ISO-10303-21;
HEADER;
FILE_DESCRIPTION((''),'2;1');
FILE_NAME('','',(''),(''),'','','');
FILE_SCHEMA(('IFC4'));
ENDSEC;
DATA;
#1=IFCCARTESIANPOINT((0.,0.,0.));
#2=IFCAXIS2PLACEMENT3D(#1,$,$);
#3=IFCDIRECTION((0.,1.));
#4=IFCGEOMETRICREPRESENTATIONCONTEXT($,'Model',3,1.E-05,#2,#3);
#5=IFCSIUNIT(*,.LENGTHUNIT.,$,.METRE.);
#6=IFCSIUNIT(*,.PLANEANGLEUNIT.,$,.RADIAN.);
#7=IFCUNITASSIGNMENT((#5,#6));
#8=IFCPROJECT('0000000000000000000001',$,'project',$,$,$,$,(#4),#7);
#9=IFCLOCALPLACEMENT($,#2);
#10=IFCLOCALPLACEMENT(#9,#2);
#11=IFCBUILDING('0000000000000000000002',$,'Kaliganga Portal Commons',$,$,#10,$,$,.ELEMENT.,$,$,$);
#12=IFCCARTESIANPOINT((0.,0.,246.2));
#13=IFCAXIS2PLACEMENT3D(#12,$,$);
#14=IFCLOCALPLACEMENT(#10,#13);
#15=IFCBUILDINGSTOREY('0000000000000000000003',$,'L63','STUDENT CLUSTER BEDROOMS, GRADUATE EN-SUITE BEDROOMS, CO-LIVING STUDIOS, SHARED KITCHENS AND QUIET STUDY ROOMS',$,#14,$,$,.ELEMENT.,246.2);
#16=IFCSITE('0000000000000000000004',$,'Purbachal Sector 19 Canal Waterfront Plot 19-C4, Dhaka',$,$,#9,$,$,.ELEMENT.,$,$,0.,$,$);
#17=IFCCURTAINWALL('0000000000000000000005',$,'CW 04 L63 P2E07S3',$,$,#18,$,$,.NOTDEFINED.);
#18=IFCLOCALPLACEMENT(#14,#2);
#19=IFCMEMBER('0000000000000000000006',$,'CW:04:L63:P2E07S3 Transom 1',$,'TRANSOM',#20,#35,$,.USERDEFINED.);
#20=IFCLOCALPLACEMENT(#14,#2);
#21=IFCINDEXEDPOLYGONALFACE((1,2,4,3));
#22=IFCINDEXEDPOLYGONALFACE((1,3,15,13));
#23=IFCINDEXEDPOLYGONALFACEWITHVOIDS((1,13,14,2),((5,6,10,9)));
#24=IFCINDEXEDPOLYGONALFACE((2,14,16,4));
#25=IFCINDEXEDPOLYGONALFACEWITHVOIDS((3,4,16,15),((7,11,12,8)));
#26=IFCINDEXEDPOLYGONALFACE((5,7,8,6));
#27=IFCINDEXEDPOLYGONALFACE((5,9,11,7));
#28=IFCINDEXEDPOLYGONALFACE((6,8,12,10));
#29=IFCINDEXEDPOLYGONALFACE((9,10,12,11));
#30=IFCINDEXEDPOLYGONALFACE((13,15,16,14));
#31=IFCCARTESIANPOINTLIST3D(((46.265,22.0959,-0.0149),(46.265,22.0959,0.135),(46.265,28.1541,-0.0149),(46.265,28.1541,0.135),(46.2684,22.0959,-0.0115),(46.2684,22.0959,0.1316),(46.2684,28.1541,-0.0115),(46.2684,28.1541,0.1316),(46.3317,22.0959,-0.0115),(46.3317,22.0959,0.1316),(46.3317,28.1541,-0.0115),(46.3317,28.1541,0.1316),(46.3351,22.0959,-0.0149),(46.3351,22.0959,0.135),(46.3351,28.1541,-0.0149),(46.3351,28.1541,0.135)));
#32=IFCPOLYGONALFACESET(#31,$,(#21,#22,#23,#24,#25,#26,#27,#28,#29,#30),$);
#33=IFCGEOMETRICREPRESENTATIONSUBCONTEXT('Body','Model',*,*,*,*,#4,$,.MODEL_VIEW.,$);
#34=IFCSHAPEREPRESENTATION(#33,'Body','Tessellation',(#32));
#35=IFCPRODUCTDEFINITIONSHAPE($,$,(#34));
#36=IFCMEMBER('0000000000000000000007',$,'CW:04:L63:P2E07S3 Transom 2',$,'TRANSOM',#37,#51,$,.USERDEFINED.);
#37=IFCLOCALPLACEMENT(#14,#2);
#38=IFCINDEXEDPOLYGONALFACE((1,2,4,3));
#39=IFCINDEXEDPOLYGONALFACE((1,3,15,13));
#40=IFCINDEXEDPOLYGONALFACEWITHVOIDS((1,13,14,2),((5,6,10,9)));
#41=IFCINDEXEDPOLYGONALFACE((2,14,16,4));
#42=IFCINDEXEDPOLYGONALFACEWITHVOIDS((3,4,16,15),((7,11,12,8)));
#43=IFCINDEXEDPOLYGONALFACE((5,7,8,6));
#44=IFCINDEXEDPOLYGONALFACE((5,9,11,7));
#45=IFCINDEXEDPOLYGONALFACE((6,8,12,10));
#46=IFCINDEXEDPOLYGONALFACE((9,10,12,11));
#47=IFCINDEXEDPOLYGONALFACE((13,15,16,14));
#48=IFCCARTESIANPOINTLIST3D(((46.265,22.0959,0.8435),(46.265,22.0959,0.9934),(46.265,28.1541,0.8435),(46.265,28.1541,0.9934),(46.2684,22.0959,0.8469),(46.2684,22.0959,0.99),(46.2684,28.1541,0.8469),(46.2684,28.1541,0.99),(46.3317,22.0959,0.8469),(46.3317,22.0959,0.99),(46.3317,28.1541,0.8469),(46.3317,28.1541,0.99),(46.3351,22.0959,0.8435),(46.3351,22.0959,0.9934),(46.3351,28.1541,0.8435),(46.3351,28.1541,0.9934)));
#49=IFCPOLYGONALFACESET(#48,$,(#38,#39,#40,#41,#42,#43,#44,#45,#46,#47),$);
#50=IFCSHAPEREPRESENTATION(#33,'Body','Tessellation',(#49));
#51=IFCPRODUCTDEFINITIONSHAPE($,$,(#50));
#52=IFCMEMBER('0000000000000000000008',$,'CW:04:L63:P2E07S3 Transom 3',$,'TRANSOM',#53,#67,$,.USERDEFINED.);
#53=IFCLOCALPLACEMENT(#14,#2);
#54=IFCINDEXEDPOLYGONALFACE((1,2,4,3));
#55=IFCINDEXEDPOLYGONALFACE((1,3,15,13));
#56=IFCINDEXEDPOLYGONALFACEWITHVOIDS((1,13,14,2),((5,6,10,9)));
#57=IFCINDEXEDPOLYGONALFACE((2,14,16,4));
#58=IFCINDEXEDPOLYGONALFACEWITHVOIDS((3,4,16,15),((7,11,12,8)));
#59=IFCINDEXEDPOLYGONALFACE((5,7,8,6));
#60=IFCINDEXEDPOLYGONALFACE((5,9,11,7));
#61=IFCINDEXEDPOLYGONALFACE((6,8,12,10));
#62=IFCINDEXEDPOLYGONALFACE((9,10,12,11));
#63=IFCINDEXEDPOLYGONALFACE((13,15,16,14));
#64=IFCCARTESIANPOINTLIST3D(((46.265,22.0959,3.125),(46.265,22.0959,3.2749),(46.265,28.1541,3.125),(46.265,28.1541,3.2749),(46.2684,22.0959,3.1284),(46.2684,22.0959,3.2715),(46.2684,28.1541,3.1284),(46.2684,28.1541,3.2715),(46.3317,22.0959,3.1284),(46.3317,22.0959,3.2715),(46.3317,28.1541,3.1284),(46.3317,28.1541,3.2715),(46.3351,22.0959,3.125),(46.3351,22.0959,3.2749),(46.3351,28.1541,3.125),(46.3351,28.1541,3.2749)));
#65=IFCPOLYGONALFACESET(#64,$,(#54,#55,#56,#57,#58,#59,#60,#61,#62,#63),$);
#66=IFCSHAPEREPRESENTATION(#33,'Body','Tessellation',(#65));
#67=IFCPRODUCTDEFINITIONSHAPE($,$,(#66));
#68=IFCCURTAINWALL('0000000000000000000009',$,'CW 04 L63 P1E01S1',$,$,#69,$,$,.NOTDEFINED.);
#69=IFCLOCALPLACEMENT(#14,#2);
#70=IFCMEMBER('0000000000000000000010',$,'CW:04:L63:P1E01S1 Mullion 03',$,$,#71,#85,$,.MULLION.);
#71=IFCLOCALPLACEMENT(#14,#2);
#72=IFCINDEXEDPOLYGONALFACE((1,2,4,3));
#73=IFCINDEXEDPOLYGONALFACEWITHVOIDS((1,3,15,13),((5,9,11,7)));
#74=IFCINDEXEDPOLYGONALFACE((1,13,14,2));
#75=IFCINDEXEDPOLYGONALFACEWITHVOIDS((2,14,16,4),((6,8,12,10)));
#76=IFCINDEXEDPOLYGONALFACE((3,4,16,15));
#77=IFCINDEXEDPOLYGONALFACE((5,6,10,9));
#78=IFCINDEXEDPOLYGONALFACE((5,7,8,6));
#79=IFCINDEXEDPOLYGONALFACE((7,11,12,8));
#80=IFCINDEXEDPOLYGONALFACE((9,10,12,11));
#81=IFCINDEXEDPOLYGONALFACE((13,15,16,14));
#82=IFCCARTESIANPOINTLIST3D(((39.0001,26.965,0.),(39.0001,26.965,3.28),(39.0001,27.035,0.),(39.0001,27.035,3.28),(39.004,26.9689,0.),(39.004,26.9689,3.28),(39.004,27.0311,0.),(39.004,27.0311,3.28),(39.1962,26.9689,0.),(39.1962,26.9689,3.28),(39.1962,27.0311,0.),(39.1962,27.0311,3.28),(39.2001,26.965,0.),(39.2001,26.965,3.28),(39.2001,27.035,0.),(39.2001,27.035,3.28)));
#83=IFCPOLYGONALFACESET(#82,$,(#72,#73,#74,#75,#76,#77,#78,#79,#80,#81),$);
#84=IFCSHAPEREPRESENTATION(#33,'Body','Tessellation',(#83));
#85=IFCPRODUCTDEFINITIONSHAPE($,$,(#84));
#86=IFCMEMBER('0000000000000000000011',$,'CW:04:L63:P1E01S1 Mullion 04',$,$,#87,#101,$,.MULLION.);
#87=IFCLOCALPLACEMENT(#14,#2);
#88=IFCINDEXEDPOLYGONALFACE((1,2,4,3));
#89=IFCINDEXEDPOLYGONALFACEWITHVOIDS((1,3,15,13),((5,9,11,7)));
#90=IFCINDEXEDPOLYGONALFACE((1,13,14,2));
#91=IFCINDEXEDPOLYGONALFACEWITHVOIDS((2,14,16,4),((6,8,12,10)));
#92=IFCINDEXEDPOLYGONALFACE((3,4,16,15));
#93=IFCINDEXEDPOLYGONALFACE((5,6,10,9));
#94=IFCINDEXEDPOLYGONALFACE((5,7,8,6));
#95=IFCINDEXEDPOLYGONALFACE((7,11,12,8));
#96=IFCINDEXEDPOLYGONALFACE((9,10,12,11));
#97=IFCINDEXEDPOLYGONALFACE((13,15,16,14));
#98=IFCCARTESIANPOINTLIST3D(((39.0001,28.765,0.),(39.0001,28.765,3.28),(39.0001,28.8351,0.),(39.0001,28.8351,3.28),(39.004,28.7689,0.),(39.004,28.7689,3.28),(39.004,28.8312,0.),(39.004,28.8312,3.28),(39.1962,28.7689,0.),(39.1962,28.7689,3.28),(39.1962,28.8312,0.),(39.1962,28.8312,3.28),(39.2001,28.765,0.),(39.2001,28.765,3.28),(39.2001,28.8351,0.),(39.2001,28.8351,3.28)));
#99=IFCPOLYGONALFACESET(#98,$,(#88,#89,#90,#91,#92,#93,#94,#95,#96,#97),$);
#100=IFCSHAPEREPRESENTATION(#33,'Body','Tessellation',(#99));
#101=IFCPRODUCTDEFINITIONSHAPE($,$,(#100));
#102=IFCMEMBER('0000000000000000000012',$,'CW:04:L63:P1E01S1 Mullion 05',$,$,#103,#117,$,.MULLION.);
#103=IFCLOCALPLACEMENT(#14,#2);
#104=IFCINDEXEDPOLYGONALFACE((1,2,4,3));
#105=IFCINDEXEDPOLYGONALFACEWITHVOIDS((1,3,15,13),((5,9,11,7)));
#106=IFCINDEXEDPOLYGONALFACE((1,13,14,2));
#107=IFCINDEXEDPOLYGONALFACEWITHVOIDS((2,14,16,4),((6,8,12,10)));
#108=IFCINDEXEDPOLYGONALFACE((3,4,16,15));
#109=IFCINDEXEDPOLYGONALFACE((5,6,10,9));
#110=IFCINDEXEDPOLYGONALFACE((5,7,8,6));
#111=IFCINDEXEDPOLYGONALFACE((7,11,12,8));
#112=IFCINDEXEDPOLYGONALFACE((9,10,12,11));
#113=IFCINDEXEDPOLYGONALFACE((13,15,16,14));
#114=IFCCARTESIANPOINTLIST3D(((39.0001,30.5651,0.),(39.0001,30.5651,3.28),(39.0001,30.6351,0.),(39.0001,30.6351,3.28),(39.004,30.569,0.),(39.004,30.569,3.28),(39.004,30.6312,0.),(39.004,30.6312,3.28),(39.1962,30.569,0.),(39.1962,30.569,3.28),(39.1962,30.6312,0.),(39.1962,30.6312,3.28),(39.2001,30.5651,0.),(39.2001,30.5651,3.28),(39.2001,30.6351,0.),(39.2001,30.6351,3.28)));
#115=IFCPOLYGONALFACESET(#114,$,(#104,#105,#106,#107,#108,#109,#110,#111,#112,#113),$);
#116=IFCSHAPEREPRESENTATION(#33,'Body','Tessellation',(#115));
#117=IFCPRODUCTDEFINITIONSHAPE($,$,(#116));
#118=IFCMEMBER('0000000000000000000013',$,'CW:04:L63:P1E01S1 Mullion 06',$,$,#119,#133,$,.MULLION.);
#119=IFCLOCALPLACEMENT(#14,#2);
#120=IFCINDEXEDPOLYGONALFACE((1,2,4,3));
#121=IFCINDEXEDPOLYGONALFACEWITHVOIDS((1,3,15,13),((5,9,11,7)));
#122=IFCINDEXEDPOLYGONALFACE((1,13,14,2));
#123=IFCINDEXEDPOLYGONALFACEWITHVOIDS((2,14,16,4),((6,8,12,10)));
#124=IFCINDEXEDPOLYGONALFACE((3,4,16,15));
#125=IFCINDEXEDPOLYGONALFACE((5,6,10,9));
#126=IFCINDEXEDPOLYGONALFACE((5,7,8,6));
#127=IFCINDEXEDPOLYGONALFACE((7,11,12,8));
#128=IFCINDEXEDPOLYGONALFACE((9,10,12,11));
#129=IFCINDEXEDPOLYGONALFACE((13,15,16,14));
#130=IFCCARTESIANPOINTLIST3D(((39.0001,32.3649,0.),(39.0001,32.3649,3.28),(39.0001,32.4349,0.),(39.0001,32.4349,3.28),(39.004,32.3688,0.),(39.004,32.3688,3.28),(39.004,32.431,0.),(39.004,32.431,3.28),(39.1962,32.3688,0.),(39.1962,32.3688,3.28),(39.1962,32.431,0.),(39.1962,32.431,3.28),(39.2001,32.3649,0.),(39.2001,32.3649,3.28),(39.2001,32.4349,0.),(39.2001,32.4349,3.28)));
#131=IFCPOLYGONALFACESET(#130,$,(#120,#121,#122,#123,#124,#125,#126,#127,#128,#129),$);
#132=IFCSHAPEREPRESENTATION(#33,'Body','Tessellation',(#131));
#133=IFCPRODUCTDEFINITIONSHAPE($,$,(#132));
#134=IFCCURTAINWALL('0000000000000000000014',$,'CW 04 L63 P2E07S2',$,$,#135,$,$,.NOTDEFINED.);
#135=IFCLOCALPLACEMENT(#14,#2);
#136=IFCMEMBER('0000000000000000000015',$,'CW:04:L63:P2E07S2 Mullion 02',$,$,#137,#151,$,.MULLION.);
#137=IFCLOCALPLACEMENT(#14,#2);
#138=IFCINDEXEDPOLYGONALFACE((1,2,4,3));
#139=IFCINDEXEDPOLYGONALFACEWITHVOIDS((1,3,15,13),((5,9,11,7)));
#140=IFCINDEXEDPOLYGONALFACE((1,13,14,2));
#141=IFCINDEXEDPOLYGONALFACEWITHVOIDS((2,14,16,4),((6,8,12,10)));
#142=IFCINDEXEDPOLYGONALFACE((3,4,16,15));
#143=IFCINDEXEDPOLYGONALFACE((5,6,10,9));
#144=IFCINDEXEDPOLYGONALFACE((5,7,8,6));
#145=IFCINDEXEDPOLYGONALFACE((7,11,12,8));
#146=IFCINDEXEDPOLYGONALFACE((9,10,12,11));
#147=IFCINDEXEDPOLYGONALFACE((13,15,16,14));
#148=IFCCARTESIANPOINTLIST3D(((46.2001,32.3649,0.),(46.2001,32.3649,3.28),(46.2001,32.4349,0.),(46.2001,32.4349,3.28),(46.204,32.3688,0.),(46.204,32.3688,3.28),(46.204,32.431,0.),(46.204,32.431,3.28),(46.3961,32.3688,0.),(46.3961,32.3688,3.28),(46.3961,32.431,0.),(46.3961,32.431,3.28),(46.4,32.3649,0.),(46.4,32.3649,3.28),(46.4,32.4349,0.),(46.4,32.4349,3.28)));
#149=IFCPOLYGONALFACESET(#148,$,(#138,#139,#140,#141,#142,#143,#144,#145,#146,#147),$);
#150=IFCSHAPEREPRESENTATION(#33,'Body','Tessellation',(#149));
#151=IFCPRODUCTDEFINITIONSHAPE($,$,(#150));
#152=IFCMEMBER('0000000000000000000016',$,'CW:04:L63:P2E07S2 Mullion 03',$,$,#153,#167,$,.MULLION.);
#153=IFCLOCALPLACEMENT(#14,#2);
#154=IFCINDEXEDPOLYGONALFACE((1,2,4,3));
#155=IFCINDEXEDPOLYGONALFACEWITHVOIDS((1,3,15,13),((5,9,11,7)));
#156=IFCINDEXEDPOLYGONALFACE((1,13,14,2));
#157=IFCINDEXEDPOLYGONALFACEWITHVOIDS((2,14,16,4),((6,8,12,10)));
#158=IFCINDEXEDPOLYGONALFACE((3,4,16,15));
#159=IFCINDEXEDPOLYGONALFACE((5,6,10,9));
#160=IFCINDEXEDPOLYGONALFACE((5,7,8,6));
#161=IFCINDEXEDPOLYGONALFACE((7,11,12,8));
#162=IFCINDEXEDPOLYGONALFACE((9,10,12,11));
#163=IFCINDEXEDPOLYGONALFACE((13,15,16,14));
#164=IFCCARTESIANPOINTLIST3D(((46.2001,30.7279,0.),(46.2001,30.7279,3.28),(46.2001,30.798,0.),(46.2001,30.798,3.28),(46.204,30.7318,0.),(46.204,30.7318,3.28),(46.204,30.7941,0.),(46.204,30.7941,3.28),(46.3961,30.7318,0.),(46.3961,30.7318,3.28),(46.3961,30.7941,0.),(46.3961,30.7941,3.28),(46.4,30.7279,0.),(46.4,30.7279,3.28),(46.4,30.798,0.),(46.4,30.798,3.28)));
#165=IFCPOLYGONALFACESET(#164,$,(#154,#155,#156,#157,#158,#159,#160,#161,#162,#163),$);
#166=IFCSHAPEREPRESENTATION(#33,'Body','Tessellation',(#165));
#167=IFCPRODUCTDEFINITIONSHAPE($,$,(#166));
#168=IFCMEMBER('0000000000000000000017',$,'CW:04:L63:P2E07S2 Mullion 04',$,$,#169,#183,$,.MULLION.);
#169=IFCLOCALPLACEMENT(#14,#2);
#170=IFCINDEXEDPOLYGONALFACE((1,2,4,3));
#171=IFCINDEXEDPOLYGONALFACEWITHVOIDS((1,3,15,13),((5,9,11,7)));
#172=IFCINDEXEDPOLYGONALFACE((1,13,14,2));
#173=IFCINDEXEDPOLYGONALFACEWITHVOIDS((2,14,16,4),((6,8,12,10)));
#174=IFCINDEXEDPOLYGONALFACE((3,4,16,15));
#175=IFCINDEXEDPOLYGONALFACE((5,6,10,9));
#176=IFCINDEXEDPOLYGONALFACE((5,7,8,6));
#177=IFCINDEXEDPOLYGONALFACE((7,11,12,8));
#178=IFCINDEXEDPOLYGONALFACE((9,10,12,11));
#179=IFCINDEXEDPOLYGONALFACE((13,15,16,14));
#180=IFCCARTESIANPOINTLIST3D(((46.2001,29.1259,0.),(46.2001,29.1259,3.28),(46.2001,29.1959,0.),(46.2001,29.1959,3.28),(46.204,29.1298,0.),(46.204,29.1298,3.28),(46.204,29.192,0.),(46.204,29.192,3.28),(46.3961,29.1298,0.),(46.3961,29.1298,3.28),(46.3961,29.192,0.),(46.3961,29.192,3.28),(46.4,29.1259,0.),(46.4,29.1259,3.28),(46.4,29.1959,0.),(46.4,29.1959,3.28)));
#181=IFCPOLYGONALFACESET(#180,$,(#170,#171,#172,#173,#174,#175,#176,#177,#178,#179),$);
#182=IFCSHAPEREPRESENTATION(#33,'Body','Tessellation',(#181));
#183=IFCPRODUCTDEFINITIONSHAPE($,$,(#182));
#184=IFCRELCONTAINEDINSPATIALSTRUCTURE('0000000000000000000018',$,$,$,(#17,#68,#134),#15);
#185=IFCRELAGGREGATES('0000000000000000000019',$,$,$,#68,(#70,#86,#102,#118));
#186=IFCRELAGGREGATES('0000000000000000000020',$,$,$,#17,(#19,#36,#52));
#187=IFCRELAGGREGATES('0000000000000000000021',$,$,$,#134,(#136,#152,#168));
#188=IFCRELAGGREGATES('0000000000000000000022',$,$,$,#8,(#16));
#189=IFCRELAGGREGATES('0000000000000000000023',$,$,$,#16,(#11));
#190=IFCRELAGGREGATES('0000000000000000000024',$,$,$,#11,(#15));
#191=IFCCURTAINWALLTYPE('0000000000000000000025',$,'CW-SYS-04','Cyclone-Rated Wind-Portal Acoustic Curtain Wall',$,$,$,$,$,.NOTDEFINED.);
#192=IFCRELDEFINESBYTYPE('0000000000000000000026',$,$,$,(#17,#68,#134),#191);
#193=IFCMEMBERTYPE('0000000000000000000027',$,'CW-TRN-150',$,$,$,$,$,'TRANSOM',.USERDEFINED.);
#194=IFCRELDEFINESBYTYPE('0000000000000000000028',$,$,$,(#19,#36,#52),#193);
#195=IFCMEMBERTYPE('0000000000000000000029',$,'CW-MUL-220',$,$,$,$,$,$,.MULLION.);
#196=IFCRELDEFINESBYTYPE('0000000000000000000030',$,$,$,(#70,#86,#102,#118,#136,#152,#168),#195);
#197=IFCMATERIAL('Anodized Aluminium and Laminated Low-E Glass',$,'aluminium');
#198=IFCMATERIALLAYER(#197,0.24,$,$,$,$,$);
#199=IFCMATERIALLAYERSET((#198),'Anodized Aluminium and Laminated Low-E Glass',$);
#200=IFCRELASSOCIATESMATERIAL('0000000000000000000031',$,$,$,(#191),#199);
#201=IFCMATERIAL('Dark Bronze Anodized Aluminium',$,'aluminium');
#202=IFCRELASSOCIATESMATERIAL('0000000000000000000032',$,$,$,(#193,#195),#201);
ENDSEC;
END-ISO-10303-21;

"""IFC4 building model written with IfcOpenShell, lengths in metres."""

from ifc_helpers import new_model, si_unit, direction, frame, origin, origin_2d, place, context, subcontext, project, spatial, hollow_rectangle, extrude, source, transform, mapped, material, layer, layer_set, material_profile, profile_set, type_object, element, aggregate, save


model = new_model("IFC4")

# Units and contexts
model_context = context("Model", 3, precision=1e-05, world=origin(), true_north=direction((0.0, 1.0)))
body_context = subcontext(model_context, "Body", "Model", "MODEL_VIEW")
ifc_project = project(units=[si_unit("LENGTHUNIT", "METRE"), si_unit("PLANEANGLEUNIT", "RADIAN")], contexts=[model_context])

# Site, building, storey
site_placement = place(None, origin())
site = spatial("IfcSite", under=ifc_project, at=site_placement, Name="Purbachal Sector 19 Canal Waterfront Plot 19-C4, Dhaka", CompositionType="ELEMENT", RefElevation=0.0)
building_placement = place(site_placement, origin())
building = spatial("IfcBuilding", under=site, at=building_placement, Name="Kaliganga Portal Commons", CompositionType="ELEMENT")
storey_placement = place(building_placement, frame((0.0, 0.0, 246.2)))
storey = spatial("IfcBuildingStorey", under=building, at=storey_placement, Name="L63", Description="STUDENT CLUSTER BEDROOMS, GRADUATE EN-SUITE BEDROOMS, CO-LIVING STUDIOS, SHARED KITCHENS AND QUIET STUDY ROOMS", CompositionType="ELEMENT", Elevation=246.2)

# Curtain walls, members
ifc_material_1 = material(Name="Anodized Aluminium and Laminated Low-E Glass", Category="aluminium")
ifc_layer_1 = layer(ifc_material_1, 0.24)
ifc_layer_set_1 = layer_set([ifc_layer_1], Name="Anodized Aluminium and Laminated Low-E Glass")
curtain_wall_type = type_object("IfcCurtainWallType", Name="CW-SYS-04", Description="Cyclone-Rated Wind-Portal Acoustic Curtain Wall", PredefinedType="NOTDEFINED", material=ifc_layer_set_1)
curtain_wall_1_placement = place(storey_placement, origin())
curtain_wall_1 = element("IfcCurtainWall", 1, at=curtain_wall_1_placement, inside=storey, type_object=curtain_wall_type, Name="CW 04 L63 P2E07S3", PredefinedType="NOTDEFINED")
ifc_material_2 = material(Name="Dark Bronze Anodized Aluminium", Category="aluminium")
ifc_material_profile_1 = material_profile(ifc_material_2, hollow_rectangle(XDim=0.0701, YDim=0.1499, WallThickness=0.0034, at=origin_2d()), Name="ALU TRAN 70x150x3.5")
ifc_profile_set_1 = profile_set([ifc_material_profile_1], Name="Dark Bronze Anodized Aluminium")
member_type_1 = type_object("IfcMemberType", Name="CW-TRN-150", ElementType="TRANSOM", PredefinedType="USERDEFINED", material=ifc_profile_set_1)
shared_shape_1 = source(origin(), body_context, "Body", "SweptSolid", [
    extrude(hollow_rectangle(XDim=0.0701, YDim=0.1499, WallThickness=0.0034, at=origin_2d()), origin(), (0.0, 0.0, 1.0), 6.0581),
])
member_1_placement = place(storey_placement, frame((46.3, 28.1541, 0.0601), z_axis=(0.0, -1.0, 0.0), x_axis=(1.0, 0.0, 0.0)))
member_1 = element("IfcMember", 2, at=member_1_placement, type_object=member_type_1, Name="CW:04:L63:P2E07S3 Transom 1", ObjectType="TRANSOM", PredefinedType="USERDEFINED", context=body_context, shape_type="MappedRepresentation", body=[
    mapped(shared_shape_1, transform((0.0, 0.0, 0.0), x_axis=(1.0, 0.0, 0.0), y_axis=(0.0, 1.0, 0.0), z_axis=(0.0, 0.0, 1.0), scale=1.0)),
])
member_2_placement = place(storey_placement, frame((46.3, 28.1541, 0.9185), z_axis=(0.0, -1.0, 0.0), x_axis=(1.0, 0.0, 0.0)))
member_2 = element("IfcMember", 3, at=member_2_placement, type_object=member_type_1, Name="CW:04:L63:P2E07S3 Transom 2", ObjectType="TRANSOM", PredefinedType="USERDEFINED", context=body_context, shape_type="MappedRepresentation", body=[
    mapped(shared_shape_1, transform((0.0, 0.0, 0.0), x_axis=(1.0, 0.0, 0.0), y_axis=(0.0, 1.0, 0.0), z_axis=(0.0, 0.0, 1.0), scale=1.0)),
])
member_3_placement = place(storey_placement, frame((46.3, 28.1541, 3.2), z_axis=(0.0, -1.0, 0.0), x_axis=(1.0, 0.0, 0.0)))
member_3 = element("IfcMember", 4, at=member_3_placement, type_object=member_type_1, Name="CW:04:L63:P2E07S3 Transom 3", ObjectType="TRANSOM", PredefinedType="USERDEFINED", context=body_context, shape_type="MappedRepresentation", body=[
    mapped(shared_shape_1, transform((0.0, 0.0, 0.0), x_axis=(1.0, 0.0, 0.0), y_axis=(0.0, 1.0, 0.0), z_axis=(0.0, 0.0, 1.0), scale=1.0)),
])
curtain_wall_2_placement = place(storey_placement, origin())
curtain_wall_2 = element("IfcCurtainWall", 5, at=curtain_wall_2_placement, inside=storey, type_object=curtain_wall_type, Name="CW 04 L63 P1E01S1", PredefinedType="NOTDEFINED")
ifc_material_profile_2 = material_profile(ifc_material_2, hollow_rectangle(XDim=0.0701, YDim=0.2, WallThickness=0.0039, at=origin_2d()), Name="ALU MULL 70x200x4")
ifc_profile_set_2 = profile_set([ifc_material_profile_2], Name="Dark Bronze Anodized Aluminium")
member_type_2 = type_object("IfcMemberType", Name="CW-MUL-220", PredefinedType="MULLION", material=ifc_profile_set_2)
shared_shape_2 = source(origin(), body_context, "Body", "SweptSolid", [
    extrude(hollow_rectangle(XDim=0.0701, YDim=0.2, WallThickness=0.0039, at=origin_2d()), origin(), (0.0, 0.0, 1.0), 3.28),
])
member_4_placement = place(storey_placement, frame((39.1001, 27.0, 0.0), z_axis=(0.0, 0.0, 1.0), x_axis=(0.0, 1.0, 0.0)))
member_4 = element("IfcMember", 6, at=member_4_placement, type_object=member_type_2, Name="CW:04:L63:P1E01S1 Mullion 03", PredefinedType="MULLION", context=body_context, shape_type="MappedRepresentation", body=[
    mapped(shared_shape_2, transform((0.0, 0.0, 0.0), x_axis=(1.0, 0.0, 0.0), y_axis=(0.0, 1.0, 0.0), z_axis=(0.0, 0.0, 1.0), scale=1.0)),
])
member_5_placement = place(storey_placement, frame((39.1001, 28.8, 0.0), z_axis=(0.0, 0.0, 1.0), x_axis=(0.0, 1.0, 0.0)))
member_5 = element("IfcMember", 7, at=member_5_placement, type_object=member_type_2, Name="CW:04:L63:P1E01S1 Mullion 04", PredefinedType="MULLION", context=body_context, shape_type="MappedRepresentation", body=[
    mapped(shared_shape_2, transform((0.0, 0.0, 0.0), x_axis=(1.0, 0.0, 0.0), y_axis=(0.0, 1.0, 0.0), z_axis=(0.0, 0.0, 1.0), scale=1.0)),
])
member_6_placement = place(storey_placement, frame((39.1001, 30.6001, 0.0), z_axis=(0.0, 0.0, 1.0), x_axis=(0.0, 1.0, 0.0)))
member_6 = element("IfcMember", 8, at=member_6_placement, type_object=member_type_2, Name="CW:04:L63:P1E01S1 Mullion 05", PredefinedType="MULLION", context=body_context, shape_type="MappedRepresentation", body=[
    mapped(shared_shape_2, transform((0.0, 0.0, 0.0), x_axis=(1.0, 0.0, 0.0), y_axis=(0.0, 1.0, 0.0), z_axis=(0.0, 0.0, 1.0), scale=1.0)),
])
member_7_placement = place(storey_placement, frame((39.1001, 32.3999, 0.0), z_axis=(0.0, 0.0, 1.0), x_axis=(0.0, 1.0, 0.0)))
member_7 = element("IfcMember", 9, at=member_7_placement, type_object=member_type_2, Name="CW:04:L63:P1E01S1 Mullion 06", PredefinedType="MULLION", context=body_context, shape_type="MappedRepresentation", body=[
    mapped(shared_shape_2, transform((0.0, 0.0, 0.0), x_axis=(1.0, 0.0, 0.0), y_axis=(0.0, 1.0, 0.0), z_axis=(0.0, 0.0, 1.0), scale=1.0)),
])
curtain_wall_3_placement = place(storey_placement, origin())
curtain_wall_3 = element("IfcCurtainWall", 10, at=curtain_wall_3_placement, inside=storey, type_object=curtain_wall_type, Name="CW 04 L63 P2E07S2", PredefinedType="NOTDEFINED")
member_8_placement = place(storey_placement, frame((46.3, 32.3999, 0.0), z_axis=(0.0, 0.0, 1.0), x_axis=(0.0, -1.0, 0.0)))
member_8 = element("IfcMember", 11, at=member_8_placement, type_object=member_type_2, Name="CW:04:L63:P2E07S2 Mullion 02", PredefinedType="MULLION", context=body_context, shape_type="MappedRepresentation", body=[
    mapped(shared_shape_2, transform((0.0, 0.0, 0.0), x_axis=(1.0, 0.0, 0.0), y_axis=(0.0, 1.0, 0.0), z_axis=(0.0, 0.0, 1.0), scale=1.0)),
])
member_9_placement = place(storey_placement, frame((46.3, 30.7629, 0.0), z_axis=(0.0, 0.0, 1.0), x_axis=(0.0, -1.0, 0.0)))
member_9 = element("IfcMember", 12, at=member_9_placement, type_object=member_type_2, Name="CW:04:L63:P2E07S2 Mullion 03", PredefinedType="MULLION", context=body_context, shape_type="MappedRepresentation", body=[
    mapped(shared_shape_2, transform((0.0, 0.0, 0.0), x_axis=(1.0, 0.0, 0.0), y_axis=(0.0, 1.0, 0.0), z_axis=(0.0, 0.0, 1.0), scale=1.0)),
])
member_10_placement = place(storey_placement, frame((46.3, 29.1609, 0.0), z_axis=(0.0, 0.0, 1.0), x_axis=(0.0, -1.0, 0.0)))
member_10 = element("IfcMember", 13, at=member_10_placement, type_object=member_type_2, Name="CW:04:L63:P2E07S2 Mullion 04", PredefinedType="MULLION", context=body_context, shape_type="MappedRepresentation", body=[
    mapped(shared_shape_2, transform((0.0, 0.0, 0.0), x_axis=(1.0, 0.0, 0.0), y_axis=(0.0, 1.0, 0.0), z_axis=(0.0, 0.0, 1.0), scale=1.0)),
])

aggregate(curtain_wall_2, [member_4, member_5, member_6, member_7])
aggregate(curtain_wall_1, [member_1, member_2, member_3])
aggregate(curtain_wall_3, [member_8, member_9, member_10])

save(model, "model.ifc")
